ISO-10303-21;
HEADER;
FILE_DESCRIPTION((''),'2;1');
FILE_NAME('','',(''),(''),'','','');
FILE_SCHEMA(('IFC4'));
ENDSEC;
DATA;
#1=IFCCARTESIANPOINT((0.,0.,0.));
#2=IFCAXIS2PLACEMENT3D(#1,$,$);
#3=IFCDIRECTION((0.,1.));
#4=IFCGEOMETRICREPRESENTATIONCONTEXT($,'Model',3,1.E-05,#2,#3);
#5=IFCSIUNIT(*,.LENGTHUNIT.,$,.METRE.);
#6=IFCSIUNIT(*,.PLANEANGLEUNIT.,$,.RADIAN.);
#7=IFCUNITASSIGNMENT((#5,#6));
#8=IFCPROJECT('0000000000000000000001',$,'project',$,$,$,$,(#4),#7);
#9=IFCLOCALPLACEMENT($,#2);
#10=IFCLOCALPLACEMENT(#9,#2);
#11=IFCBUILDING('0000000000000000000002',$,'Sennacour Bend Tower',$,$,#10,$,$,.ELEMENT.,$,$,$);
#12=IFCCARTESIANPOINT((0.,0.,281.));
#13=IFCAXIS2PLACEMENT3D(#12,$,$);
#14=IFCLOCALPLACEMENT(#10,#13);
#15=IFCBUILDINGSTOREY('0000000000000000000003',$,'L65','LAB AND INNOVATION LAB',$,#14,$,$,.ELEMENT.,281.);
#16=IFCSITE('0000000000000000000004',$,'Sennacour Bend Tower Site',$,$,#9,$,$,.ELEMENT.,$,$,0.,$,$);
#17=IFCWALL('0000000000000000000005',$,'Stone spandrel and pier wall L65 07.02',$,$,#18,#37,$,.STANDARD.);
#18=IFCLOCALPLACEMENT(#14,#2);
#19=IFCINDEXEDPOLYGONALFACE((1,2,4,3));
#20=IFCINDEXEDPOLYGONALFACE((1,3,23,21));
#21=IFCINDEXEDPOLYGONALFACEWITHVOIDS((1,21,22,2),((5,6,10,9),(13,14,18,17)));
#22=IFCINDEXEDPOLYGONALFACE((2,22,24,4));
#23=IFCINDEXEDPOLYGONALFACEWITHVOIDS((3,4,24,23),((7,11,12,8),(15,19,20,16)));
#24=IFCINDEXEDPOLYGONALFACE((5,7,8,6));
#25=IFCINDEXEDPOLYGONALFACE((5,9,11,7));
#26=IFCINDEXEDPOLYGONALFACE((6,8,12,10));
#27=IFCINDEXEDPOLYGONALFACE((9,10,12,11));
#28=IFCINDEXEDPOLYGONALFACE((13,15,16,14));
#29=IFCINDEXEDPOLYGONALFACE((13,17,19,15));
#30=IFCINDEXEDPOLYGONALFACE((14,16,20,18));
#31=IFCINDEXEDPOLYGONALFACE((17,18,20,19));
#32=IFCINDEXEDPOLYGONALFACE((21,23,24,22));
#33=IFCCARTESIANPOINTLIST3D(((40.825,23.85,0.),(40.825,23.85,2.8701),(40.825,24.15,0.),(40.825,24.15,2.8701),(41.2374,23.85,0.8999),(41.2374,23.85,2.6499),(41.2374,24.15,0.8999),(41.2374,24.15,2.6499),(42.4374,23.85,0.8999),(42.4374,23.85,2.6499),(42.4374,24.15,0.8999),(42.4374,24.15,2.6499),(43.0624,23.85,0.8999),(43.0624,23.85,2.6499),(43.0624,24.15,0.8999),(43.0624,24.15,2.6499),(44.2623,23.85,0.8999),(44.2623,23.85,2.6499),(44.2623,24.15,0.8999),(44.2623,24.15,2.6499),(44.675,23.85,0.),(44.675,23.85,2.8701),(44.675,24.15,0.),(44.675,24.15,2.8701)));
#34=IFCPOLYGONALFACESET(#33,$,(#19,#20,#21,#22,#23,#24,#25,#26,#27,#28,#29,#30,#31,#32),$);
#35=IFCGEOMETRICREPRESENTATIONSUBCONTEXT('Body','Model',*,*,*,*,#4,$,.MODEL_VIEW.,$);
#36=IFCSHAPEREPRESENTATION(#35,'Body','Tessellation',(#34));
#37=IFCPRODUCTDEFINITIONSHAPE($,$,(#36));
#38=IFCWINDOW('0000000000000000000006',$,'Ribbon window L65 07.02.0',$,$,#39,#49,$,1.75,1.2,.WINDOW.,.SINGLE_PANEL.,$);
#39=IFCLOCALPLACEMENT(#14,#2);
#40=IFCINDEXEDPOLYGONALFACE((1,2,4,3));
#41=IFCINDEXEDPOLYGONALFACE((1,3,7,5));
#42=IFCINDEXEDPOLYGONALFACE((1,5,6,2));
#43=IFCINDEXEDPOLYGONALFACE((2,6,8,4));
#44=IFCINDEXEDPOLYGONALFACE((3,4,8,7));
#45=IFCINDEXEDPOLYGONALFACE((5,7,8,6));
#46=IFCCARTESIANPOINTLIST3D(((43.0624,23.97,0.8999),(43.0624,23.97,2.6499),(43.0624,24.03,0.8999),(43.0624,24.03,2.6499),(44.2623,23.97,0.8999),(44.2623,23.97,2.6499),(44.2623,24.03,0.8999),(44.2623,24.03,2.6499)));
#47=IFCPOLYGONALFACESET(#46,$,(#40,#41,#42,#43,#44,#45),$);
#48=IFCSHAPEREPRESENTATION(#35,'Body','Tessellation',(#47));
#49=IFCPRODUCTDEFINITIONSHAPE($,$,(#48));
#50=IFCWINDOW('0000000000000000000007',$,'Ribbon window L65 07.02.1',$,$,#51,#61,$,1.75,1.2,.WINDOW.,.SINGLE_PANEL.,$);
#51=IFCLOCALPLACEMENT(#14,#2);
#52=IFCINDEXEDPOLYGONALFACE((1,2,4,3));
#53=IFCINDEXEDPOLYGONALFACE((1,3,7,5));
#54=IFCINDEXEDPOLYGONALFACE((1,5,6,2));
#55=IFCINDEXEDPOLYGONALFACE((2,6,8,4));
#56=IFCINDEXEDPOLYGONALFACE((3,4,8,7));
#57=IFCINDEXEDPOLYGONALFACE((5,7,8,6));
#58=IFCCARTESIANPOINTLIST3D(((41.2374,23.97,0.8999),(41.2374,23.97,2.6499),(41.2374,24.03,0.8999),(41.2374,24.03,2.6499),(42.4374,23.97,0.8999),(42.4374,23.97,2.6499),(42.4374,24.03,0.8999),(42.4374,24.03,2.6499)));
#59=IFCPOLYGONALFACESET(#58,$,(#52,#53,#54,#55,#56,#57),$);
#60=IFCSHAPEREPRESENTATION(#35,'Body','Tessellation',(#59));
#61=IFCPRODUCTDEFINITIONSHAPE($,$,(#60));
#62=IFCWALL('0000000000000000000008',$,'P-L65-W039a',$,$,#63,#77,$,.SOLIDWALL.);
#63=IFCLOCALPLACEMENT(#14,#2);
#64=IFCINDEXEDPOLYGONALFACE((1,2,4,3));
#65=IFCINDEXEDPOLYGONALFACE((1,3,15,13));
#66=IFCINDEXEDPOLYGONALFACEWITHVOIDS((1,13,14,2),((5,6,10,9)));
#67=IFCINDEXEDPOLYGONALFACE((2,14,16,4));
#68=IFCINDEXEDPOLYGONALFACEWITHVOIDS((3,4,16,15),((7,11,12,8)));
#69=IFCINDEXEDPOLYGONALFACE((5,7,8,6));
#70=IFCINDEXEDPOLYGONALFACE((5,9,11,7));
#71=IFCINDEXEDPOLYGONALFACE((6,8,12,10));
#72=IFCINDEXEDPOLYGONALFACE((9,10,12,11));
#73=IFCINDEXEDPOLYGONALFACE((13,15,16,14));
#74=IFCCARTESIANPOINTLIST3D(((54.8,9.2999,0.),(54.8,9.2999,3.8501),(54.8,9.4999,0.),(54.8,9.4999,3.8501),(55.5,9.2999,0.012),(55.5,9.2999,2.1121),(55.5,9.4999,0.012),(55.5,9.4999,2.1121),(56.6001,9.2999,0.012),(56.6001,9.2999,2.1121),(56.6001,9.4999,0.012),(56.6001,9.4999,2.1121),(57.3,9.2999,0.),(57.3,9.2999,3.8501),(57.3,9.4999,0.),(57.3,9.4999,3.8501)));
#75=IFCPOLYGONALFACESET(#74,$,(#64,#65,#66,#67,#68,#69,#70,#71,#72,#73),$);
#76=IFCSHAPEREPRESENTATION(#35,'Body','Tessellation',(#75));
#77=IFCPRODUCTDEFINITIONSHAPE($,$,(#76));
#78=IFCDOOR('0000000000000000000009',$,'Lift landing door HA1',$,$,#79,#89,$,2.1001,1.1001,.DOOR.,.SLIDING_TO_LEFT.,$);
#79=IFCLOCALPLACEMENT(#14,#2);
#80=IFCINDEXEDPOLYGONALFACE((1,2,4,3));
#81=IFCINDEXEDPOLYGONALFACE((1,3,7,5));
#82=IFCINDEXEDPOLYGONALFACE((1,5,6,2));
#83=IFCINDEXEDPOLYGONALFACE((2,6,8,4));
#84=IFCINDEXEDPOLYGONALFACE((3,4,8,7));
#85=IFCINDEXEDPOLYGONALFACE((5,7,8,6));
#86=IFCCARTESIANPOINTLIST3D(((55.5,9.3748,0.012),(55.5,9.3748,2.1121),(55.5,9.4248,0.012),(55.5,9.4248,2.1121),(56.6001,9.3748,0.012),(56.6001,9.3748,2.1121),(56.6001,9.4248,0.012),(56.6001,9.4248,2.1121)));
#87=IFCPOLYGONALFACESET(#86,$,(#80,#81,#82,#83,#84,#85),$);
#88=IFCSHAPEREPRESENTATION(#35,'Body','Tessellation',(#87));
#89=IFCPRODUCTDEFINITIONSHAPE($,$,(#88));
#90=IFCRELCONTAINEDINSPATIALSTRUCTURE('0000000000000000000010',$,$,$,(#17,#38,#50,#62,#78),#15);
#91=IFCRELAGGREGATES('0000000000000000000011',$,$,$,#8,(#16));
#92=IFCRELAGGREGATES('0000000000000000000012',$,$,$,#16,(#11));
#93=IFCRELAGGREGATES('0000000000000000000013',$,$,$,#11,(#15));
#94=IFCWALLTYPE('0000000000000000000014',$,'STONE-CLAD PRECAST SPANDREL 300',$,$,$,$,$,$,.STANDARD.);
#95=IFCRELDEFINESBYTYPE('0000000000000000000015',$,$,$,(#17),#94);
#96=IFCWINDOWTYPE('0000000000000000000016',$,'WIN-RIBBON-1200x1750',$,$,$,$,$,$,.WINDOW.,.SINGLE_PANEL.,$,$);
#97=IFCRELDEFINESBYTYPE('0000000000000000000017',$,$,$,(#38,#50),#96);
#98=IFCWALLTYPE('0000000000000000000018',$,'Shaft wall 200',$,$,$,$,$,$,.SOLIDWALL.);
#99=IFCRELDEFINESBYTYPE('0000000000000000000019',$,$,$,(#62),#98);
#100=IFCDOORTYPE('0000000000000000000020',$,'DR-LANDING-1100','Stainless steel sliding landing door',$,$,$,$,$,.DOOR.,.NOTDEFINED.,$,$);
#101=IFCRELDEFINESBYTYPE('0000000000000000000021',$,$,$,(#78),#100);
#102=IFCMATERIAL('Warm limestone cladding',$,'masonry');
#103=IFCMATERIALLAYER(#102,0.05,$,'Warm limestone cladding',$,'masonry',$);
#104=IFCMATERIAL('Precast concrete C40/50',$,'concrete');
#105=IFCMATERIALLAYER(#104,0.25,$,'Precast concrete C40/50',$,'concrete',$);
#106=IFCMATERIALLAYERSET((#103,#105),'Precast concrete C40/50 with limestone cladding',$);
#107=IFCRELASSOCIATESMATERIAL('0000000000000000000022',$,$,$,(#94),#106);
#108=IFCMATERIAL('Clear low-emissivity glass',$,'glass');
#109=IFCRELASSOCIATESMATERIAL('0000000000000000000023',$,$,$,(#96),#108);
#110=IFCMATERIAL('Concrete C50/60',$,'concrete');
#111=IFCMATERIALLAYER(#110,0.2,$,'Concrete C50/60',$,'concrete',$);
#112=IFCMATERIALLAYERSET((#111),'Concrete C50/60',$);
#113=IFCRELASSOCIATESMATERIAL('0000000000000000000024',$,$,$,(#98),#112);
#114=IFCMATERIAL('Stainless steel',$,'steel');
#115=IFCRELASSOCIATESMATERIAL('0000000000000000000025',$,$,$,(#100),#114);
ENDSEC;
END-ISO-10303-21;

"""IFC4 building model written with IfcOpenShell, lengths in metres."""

from ifc_helpers import new_model, si_unit, direction, frame, frame_2d, origin, place, context, subcontext, project, spatial, rectangle, extrude, material, layer, layer_set, type_object, element, fill, save


model = new_model("IFC4")

# Units and contexts
model_context = context("Model", 3, precision=1e-05, world=origin(), true_north=direction((0.0, 1.0)))
body_context = subcontext(model_context, "Body", "Model", "MODEL_VIEW")
ifc_project = project(units=[si_unit("LENGTHUNIT", "METRE"), si_unit("PLANEANGLEUNIT", "RADIAN")], contexts=[model_context])

# Site, building, storey
site_placement = place(None, origin())
site = spatial("IfcSite", under=ifc_project, at=site_placement, Name="Sennacour Bend Tower Site", CompositionType="ELEMENT", RefElevation=0.0)
building_placement = place(site_placement, origin())
building = spatial("IfcBuilding", under=site, at=building_placement, Name="Sennacour Bend Tower", CompositionType="ELEMENT")
storey_placement = place(building_placement, frame((0.0, 0.0, 281.0)))
storey = spatial("IfcBuildingStorey", under=building, at=storey_placement, Name="L65", Description="LAB AND INNOVATION LAB", CompositionType="ELEMENT", Elevation=281.0)

# Shared definitions
ifc_material_1 = material(Name="Concrete C50/60", Category="concrete")
ifc_material_2 = material(Name="Warm limestone cladding", Category="masonry")
ifc_layer_1 = layer(ifc_material_2, 0.05, Name="Warm limestone cladding", Category="masonry")
ifc_material_3 = material(Name="Precast concrete C40/50", Category="concrete")
ifc_layer_2 = layer(ifc_material_3, 0.25, Name="Precast concrete C40/50", Category="concrete")
ifc_layer_set_1 = layer_set([ifc_layer_1, ifc_layer_2], Name="Precast concrete C40/50 with limestone cladding")
wall_type_1 = type_object("IfcWallType", Name="STONE-CLAD PRECAST SPANDREL 300", PredefinedType="STANDARD", material=ifc_layer_set_1)

# Wall, openings, windows
ifc_material_4 = material(Name="Clear low-emissivity glass", Category="glass")
window_type = type_object("IfcWindowType", Name="WIN-RIBBON-1200x1750", PartitioningType="SINGLE_PANEL", PredefinedType="WINDOW", material=ifc_material_4)
wall_1_placement = place(storey_placement, frame((44.675, 24.0, 0.0), z_axis=(0.0, 0.0, 1.0), x_axis=(-1.0, 0.0, 0.0)))
wall_1 = element("IfcWall", 1, at=wall_1_placement, inside=storey, type_object=wall_type_1, Name="Stone spandrel and pier wall L65 07.02", PredefinedType="STANDARD", context=body_context, shape_type="SweptSolid", body=[
    extrude(rectangle(XDim=3.8501, YDim=0.3, at=frame_2d((1.925, 0.0))), origin(), (0.0, 0.0, 1.0), 2.8701),
])
opening_1_placement = place(wall_1_placement, frame((0.4126, 0.0, 0.8999)))
opening_1 = element("IfcOpeningElement", 2, at=opening_1_placement, cuts=wall_1, PredefinedType="OPENING", context=body_context, shape_type="SweptSolid", body=[
    extrude(rectangle(XDim=1.2, YDim=1.75, at=frame_2d((0.6001, 0.875))), frame((0.0, 0.1602, 0.0), z_axis=(0.0, -1.0, 0.0), x_axis=(1.0, 0.0, 0.0)), (0.0, 0.0, 1.0), 0.3201),
])
opening_2_placement = place(wall_1_placement, frame((2.2375, 0.0, 0.8999)))
opening_2 = element("IfcOpeningElement", 3, at=opening_2_placement, cuts=wall_1, PredefinedType="OPENING", context=body_context, shape_type="SweptSolid", body=[
    extrude(rectangle(XDim=1.2, YDim=1.75, at=frame_2d((0.6001, 0.875))), frame((0.0, 0.1602, 0.0), z_axis=(0.0, -1.0, 0.0), x_axis=(1.0, 0.0, 0.0)), (0.0, 0.0, 1.0), 0.3201),
])
window_1_placement = place(opening_1_placement, origin())
window_1 = element("IfcWindow", 4, at=window_1_placement, inside=storey, type_object=window_type, Name="Ribbon window L65 07.02.0", OverallHeight=1.75, OverallWidth=1.2, PartitioningType="SINGLE_PANEL", PredefinedType="WINDOW", context=body_context, shape_type="SweptSolid", body=[
    extrude(rectangle(XDim=1.2, YDim=1.75, at=frame_2d((0.6001, 0.875))), frame((0.0, 0.03, 0.0), z_axis=(0.0, -1.0, 0.0), x_axis=(1.0, 0.0, 0.0)), (0.0, 0.0, 1.0), 0.0601),
])
fill(opening_1, window_1)
window_2_placement = place(opening_2_placement, origin())
window_2 = element("IfcWindow", 5, at=window_2_placement, inside=storey, type_object=window_type, Name="Ribbon window L65 07.02.1", OverallHeight=1.75, OverallWidth=1.2, PartitioningType="SINGLE_PANEL", PredefinedType="WINDOW", context=body_context, shape_type="SweptSolid", body=[
    extrude(rectangle(XDim=1.2, YDim=1.75, at=frame_2d((0.6001, 0.875))), frame((0.0, 0.03, 0.0), z_axis=(0.0, -1.0, 0.0), x_axis=(1.0, 0.0, 0.0)), (0.0, 0.0, 1.0), 0.0601),
])
fill(opening_2, window_2)

# Wall, opening, door
ifc_layer_3 = layer(ifc_material_1, 0.2, Name="Concrete C50/60", Category="concrete")
ifc_layer_set_2 = layer_set([ifc_layer_3], Name="Concrete C50/60")
wall_type_2 = type_object("IfcWallType", Name="Shaft wall 200", PredefinedType="SOLIDWALL", material=ifc_layer_set_2)
wall_2_placement = place(storey_placement, frame((54.8, 9.3999, 0.0), z_axis=(0.0, 0.0, 1.0), x_axis=(1.0, 0.0, 0.0)))
wall_2 = element("IfcWall", 6, at=wall_2_placement, inside=storey, type_object=wall_type_2, Name="P-L65-W039a", PredefinedType="SOLIDWALL", context=body_context, shape_type="SweptSolid", body=[
    extrude(rectangle(XDim=2.5, YDim=0.2, at=frame_2d((1.25, 0.0))), origin(), (0.0, 0.0, 1.0), 3.8501),
])
opening_3_placement = place(wall_2_placement, frame((0.7, 0.0, 0.012)))
opening_3 = element("IfcOpeningElement", 7, at=opening_3_placement, cuts=wall_2, PredefinedType="OPENING", context=body_context, shape_type="SweptSolid", body=[
    extrude(rectangle(XDim=1.1001, YDim=2.1001, at=frame_2d((0.55, 1.05))), frame((0.0, 0.1099, 0.0), z_axis=(0.0, -1.0, 0.0), x_axis=(1.0, 0.0, 0.0)), (0.0, 0.0, 1.0), 0.22),
])
ifc_material_5 = material(Name="Stainless steel", Category="steel")
door_type = type_object("IfcDoorType", Name="DR-LANDING-1100", Description="Stainless steel sliding landing door", OperationType="NOTDEFINED", PredefinedType="DOOR", material=ifc_material_5)
door_placement = place(opening_3_placement, origin())
door = element("IfcDoor", 8, at=door_placement, inside=storey, type_object=door_type, Name="Lift landing door HA1", OperationType="SLIDING_TO_LEFT", OverallHeight=2.1001, OverallWidth=1.1001, PredefinedType="DOOR", context=body_context, shape_type="SweptSolid", body=[
    extrude(rectangle(XDim=1.1001, YDim=2.1001, at=frame_2d((0.55, 1.05))), frame((0.0, 0.0249, 0.0), z_axis=(0.0, -1.0, 0.0), x_axis=(1.0, 0.0, 0.0)), (0.0, 0.0, 1.0), 0.05),
])
fill(opening_3, door)

save(model, "model.ifc")
